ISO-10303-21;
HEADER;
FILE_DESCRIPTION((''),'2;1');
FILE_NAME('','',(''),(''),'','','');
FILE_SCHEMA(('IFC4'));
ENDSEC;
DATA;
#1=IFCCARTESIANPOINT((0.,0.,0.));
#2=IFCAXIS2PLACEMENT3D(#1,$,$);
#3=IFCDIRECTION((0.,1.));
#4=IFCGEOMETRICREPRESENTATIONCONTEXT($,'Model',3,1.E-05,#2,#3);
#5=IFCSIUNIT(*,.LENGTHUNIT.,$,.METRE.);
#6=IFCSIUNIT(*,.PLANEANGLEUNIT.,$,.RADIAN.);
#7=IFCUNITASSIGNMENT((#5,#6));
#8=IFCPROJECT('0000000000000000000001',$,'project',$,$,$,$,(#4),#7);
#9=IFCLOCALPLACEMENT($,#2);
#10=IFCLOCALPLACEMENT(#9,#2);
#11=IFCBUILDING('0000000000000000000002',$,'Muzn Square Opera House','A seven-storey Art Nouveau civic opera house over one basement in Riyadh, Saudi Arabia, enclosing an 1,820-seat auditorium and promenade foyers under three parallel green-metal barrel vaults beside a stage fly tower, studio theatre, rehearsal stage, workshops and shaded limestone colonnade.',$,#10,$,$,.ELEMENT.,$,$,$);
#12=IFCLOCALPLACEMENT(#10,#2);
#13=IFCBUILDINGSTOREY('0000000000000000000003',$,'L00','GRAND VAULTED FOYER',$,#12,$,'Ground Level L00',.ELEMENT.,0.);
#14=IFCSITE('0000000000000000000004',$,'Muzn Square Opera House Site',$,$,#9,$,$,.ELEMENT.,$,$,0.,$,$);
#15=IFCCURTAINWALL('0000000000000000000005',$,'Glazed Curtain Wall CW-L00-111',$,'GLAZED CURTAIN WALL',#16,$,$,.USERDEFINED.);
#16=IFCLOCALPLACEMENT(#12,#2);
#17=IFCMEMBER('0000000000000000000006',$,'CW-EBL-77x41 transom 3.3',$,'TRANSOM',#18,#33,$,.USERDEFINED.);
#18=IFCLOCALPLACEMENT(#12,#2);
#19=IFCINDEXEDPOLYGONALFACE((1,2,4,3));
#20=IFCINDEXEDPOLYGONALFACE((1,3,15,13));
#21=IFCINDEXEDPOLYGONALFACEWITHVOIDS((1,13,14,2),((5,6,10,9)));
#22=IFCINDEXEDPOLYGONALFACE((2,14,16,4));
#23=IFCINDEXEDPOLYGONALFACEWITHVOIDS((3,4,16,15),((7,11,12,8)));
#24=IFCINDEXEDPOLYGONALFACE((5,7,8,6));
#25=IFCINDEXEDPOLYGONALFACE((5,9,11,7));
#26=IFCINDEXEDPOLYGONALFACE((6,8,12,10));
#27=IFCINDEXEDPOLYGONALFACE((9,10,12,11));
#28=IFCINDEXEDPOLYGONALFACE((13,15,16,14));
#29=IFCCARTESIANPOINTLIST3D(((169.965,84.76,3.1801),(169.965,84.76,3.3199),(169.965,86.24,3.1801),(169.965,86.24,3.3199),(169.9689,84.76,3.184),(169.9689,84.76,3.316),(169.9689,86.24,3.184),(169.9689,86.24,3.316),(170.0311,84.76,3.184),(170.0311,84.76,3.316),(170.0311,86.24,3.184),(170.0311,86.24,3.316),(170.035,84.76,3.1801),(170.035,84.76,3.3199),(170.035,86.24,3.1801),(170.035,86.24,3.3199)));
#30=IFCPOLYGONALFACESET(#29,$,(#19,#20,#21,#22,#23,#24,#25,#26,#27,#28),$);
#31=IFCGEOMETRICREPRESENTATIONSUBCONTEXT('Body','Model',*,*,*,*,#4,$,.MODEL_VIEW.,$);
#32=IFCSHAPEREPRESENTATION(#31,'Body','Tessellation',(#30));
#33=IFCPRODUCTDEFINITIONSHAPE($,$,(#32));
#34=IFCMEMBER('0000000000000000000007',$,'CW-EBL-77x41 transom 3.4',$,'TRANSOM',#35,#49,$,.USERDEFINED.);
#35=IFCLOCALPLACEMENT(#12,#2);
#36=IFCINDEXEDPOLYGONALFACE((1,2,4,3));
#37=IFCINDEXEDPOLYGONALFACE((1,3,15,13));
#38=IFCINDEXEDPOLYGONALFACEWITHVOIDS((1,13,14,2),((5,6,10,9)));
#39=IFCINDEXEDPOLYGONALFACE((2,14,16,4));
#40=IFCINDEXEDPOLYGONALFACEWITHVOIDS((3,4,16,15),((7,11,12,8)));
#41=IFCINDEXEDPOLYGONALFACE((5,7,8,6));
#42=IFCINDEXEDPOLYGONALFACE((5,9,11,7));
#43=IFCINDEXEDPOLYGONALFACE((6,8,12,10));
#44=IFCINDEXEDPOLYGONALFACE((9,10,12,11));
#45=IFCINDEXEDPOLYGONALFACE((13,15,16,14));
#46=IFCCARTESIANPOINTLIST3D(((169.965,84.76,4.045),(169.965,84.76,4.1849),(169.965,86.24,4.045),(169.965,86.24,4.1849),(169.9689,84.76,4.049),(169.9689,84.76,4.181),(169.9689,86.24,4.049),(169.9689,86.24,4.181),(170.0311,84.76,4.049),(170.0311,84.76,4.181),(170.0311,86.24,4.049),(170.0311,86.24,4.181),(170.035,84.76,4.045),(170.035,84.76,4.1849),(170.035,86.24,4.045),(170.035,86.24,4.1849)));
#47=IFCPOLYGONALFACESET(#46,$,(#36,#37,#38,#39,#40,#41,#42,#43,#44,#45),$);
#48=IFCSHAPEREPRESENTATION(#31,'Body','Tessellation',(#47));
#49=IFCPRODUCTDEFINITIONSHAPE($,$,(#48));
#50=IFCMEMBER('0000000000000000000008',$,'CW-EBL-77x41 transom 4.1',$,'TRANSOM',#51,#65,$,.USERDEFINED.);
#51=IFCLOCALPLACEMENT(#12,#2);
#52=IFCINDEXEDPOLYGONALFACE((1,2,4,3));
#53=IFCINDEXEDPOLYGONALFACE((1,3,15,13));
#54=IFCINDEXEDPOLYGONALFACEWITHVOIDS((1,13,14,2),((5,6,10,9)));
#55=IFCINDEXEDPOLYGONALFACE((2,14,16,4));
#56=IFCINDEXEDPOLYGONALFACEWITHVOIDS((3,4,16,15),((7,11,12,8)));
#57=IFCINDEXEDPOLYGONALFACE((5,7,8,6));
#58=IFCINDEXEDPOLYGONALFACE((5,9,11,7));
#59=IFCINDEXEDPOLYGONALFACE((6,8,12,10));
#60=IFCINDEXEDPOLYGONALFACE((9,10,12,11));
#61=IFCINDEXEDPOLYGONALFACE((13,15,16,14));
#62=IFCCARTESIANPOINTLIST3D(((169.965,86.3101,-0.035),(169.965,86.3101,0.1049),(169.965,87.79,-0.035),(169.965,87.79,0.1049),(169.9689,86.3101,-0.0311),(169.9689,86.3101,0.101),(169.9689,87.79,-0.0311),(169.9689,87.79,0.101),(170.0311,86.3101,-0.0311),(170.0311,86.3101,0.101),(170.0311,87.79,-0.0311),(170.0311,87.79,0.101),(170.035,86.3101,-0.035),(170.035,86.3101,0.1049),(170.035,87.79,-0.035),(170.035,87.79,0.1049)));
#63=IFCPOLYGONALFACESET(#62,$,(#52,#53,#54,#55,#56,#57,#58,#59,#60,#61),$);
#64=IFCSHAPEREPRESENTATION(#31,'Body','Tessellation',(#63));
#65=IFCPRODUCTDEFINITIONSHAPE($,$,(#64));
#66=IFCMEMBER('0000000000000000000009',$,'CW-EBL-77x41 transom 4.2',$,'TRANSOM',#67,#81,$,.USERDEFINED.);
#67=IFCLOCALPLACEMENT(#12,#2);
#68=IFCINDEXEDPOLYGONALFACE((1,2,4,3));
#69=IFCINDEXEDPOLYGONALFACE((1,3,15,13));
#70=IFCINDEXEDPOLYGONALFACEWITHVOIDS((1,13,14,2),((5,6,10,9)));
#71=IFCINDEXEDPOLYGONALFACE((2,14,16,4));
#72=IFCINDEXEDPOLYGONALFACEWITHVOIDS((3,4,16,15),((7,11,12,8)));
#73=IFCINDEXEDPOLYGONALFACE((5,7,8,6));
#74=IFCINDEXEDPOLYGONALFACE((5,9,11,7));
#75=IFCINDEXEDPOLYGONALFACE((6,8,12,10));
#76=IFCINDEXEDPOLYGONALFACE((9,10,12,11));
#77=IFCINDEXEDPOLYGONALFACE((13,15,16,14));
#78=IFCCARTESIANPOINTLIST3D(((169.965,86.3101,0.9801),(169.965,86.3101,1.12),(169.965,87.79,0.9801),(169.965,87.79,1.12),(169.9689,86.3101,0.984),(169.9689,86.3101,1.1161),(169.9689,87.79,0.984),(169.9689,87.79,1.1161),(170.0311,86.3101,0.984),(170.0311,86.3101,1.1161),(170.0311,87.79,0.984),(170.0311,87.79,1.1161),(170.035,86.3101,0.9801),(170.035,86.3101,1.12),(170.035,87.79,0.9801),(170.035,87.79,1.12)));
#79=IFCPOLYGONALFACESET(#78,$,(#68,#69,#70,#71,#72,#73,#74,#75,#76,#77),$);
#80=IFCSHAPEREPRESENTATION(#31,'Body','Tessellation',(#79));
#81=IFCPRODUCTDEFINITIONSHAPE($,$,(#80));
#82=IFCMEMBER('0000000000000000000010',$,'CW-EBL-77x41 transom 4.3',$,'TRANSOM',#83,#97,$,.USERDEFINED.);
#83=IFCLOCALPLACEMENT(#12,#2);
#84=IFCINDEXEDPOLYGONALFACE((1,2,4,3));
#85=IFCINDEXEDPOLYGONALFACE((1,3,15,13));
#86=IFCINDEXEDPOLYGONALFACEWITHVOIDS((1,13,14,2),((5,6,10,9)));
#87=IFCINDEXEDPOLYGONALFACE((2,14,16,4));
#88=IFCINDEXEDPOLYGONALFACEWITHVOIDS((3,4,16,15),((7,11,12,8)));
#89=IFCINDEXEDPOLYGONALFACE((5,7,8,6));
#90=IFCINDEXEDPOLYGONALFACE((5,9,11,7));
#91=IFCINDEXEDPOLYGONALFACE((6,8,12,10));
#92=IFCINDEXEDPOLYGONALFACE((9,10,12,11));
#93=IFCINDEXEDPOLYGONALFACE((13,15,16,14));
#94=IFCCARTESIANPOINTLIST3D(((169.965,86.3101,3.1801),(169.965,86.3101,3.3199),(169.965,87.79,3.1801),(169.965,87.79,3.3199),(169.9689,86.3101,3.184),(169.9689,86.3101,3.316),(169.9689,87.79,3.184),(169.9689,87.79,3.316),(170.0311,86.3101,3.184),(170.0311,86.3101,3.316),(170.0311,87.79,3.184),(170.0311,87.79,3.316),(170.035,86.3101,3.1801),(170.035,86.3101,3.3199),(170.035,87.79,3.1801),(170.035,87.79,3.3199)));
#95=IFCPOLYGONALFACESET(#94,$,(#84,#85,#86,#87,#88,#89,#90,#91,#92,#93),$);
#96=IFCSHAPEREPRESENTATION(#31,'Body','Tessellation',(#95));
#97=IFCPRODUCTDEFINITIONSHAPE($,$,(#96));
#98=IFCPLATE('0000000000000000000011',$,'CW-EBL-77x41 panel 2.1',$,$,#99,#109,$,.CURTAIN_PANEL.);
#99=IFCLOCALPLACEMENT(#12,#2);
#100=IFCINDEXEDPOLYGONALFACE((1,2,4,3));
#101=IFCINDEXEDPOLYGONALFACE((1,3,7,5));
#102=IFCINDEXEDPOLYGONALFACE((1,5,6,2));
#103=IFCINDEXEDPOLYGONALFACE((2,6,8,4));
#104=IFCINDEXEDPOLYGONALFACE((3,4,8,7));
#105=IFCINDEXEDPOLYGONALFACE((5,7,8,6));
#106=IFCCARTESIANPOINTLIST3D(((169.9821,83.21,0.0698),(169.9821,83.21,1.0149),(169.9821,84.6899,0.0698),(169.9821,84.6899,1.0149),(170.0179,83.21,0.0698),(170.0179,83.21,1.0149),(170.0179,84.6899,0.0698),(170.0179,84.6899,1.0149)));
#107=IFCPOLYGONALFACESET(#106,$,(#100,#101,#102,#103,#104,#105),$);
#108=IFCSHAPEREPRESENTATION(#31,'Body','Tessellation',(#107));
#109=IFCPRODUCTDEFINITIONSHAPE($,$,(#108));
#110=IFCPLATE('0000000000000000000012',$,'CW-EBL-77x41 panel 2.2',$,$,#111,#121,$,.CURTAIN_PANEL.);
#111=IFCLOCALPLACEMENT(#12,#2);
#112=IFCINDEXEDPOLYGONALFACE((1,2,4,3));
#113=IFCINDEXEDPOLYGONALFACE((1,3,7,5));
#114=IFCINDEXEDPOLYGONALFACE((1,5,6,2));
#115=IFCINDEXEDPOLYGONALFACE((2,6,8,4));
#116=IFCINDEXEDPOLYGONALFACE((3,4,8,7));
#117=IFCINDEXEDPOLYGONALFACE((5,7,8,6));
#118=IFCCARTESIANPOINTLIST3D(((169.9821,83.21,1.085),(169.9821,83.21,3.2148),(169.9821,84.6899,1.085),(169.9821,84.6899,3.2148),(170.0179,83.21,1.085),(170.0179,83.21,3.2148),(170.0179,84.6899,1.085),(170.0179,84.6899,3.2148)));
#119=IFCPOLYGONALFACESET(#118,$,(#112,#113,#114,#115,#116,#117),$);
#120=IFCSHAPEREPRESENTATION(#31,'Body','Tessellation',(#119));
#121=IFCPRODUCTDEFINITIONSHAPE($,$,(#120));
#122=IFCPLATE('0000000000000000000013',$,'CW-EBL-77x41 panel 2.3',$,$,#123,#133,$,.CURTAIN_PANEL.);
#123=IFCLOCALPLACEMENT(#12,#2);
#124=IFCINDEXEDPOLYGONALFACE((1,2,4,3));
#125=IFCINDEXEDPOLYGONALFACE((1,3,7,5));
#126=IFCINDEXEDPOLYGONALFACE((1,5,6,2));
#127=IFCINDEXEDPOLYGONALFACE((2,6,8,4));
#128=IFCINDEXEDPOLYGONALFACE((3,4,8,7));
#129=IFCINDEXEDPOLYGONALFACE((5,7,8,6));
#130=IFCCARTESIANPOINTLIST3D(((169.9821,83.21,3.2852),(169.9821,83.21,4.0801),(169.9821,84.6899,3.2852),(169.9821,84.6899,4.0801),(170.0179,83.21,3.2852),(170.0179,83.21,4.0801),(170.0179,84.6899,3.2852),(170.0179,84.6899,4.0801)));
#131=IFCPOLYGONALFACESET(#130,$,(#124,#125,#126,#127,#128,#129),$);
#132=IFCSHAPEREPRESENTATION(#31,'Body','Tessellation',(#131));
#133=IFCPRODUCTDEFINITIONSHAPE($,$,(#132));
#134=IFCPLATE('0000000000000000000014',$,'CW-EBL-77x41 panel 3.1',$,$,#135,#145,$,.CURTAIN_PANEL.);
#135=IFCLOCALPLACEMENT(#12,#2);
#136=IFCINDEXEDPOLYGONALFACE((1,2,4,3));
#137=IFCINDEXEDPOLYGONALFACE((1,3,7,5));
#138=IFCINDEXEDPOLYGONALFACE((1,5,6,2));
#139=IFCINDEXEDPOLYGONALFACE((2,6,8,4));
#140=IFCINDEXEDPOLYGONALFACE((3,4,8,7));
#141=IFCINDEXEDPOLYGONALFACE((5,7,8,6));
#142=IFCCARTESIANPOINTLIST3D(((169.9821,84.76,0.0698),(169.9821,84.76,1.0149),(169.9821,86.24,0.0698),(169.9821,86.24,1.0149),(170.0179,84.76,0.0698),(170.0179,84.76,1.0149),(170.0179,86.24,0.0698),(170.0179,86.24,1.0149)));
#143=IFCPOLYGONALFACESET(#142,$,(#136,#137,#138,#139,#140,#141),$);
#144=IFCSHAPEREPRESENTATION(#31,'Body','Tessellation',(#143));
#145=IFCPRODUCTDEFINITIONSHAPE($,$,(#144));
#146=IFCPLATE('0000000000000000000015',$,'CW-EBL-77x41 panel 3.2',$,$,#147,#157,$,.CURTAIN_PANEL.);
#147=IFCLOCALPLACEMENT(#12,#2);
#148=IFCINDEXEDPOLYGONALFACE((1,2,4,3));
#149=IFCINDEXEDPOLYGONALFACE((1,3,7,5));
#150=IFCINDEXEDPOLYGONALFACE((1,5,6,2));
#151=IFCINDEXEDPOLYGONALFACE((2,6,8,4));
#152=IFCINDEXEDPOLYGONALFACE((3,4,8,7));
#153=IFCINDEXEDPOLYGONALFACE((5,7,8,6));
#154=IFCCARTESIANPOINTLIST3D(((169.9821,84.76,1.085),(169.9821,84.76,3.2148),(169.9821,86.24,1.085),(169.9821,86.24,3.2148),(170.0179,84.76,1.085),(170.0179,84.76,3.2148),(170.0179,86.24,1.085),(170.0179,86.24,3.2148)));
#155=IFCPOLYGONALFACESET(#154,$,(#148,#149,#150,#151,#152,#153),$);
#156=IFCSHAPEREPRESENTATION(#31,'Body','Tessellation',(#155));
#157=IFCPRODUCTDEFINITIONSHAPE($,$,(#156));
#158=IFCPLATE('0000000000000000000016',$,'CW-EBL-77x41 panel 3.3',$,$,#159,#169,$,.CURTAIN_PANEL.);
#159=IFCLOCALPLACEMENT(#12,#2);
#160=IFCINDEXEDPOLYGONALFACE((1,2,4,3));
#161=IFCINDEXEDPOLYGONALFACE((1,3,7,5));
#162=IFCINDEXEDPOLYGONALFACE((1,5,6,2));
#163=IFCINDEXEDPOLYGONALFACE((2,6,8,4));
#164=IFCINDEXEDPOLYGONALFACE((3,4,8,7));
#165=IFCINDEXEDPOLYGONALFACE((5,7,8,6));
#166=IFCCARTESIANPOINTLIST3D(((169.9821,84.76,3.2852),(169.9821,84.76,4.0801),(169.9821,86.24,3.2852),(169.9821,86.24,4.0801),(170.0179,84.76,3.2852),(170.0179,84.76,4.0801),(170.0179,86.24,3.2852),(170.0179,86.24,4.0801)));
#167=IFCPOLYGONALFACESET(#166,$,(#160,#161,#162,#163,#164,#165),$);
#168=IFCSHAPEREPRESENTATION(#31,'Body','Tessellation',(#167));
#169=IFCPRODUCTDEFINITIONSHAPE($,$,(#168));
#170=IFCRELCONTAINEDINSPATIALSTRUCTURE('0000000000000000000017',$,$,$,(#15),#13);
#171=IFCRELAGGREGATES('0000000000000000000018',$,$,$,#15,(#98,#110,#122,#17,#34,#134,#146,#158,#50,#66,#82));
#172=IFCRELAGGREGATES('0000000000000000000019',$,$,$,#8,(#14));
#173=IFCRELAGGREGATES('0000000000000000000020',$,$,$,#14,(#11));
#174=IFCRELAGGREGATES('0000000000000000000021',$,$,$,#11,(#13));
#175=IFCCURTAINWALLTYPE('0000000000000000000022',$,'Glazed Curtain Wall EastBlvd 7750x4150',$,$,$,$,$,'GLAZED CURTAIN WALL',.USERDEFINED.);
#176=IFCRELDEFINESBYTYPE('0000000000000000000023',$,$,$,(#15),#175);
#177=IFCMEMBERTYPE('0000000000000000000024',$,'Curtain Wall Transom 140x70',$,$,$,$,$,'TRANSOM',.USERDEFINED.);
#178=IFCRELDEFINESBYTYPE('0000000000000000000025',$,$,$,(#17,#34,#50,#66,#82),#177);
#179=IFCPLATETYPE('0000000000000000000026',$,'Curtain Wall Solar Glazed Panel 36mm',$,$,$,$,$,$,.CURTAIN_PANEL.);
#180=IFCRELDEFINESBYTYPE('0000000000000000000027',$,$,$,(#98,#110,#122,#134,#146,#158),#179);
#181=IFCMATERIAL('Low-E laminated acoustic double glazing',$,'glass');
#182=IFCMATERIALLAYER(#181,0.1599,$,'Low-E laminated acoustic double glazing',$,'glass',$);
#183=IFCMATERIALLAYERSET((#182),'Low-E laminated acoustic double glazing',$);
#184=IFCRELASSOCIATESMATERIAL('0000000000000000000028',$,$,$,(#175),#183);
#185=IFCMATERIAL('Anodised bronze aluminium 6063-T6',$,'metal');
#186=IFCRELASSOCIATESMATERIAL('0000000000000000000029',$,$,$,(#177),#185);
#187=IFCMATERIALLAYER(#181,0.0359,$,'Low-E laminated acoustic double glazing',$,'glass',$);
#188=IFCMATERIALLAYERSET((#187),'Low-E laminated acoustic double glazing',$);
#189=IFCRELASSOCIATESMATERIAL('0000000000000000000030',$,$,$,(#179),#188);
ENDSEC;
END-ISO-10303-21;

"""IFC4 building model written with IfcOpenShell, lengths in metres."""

from ifc_helpers import new_model, si_unit, direction, frame, origin, origin_2d, place, context, subcontext, project, spatial, rectangle, hollow_rectangle, extrude, material, layer, layer_set, material_profile, profile_set, type_object, element, aggregate, save


model = new_model("IFC4")

# Units and contexts
model_context = context("Model", 3, precision=1e-05, world=origin(), true_north=direction((0.0, 1.0)))
body_context = subcontext(model_context, "Body", "Model", "MODEL_VIEW")
ifc_project = project(units=[si_unit("LENGTHUNIT", "METRE"), si_unit("PLANEANGLEUNIT", "RADIAN")], contexts=[model_context])

# Site, building, storey
site_placement = place(None, origin())
site = spatial("IfcSite", under=ifc_project, at=site_placement, Name="Muzn Square Opera House Site", CompositionType="ELEMENT", RefElevation=0.0)
building_placement = place(site_placement, origin())
building = spatial("IfcBuilding", under=site, at=building_placement, Name="Muzn Square Opera House", Description="A seven-storey Art Nouveau civic opera house over one basement in Riyadh, Saudi Arabia, enclosing an 1,820-seat auditorium and promenade foyers under three parallel green-metal barrel vaults beside a stage fly tower, studio theatre, rehearsal stage, workshops and shaded limestone colonnade.", CompositionType="ELEMENT")
storey_placement = place(building_placement, origin())
storey = spatial("IfcBuildingStorey", under=building, at=storey_placement, Name="L00", Description="GRAND VAULTED FOYER", LongName="Ground Level L00", CompositionType="ELEMENT", Elevation=0.0)

# Curtain wall, members, plates
ifc_material_1 = material(Name="Low-E laminated acoustic double glazing", Category="glass")
ifc_layer_1 = layer(ifc_material_1, 0.1599, Name="Low-E laminated acoustic double glazing", Category="glass")
ifc_layer_set_1 = layer_set([ifc_layer_1], Name="Low-E laminated acoustic double glazing")
curtain_wall_type = type_object("IfcCurtainWallType", Name="Glazed Curtain Wall EastBlvd 7750x4150", ElementType="GLAZED CURTAIN WALL", PredefinedType="USERDEFINED", material=ifc_layer_set_1)
curtain_wall_placement = place(storey_placement, origin())
curtain_wall = element("IfcCurtainWall", 1, at=curtain_wall_placement, inside=storey, type_object=curtain_wall_type, Name="Glazed Curtain Wall CW-L00-111", ObjectType="GLAZED CURTAIN WALL", PredefinedType="USERDEFINED")
ifc_material_2 = material(Name="Anodised bronze aluminium 6063-T6", Category="metal")
ifc_material_profile_1 = material_profile(ifc_material_2, hollow_rectangle(XDim=0.0701, YDim=0.1399, WallThickness=0.0039, at=origin_2d()), Name="ALU 140x70x4", Category="metal")
ifc_profile_set_1 = profile_set([ifc_material_profile_1], Name="Anodised bronze aluminium 6063-T6")
member_type_1 = type_object("IfcMemberType", Name="Curtain Wall Transom 140x70", ElementType="TRANSOM", PredefinedType="USERDEFINED", material=ifc_profile_set_1)
member_1_placement = place(storey_placement, frame((170.0, 84.76, 3.25), z_axis=(0.0, 1.0, 0.0), x_axis=(-1.0, 0.0, 0.0)))
member_1 = element("IfcMember", 2, at=member_1_placement, type_object=member_type_1, Name="CW-EBL-77x41 transom 3.3", ObjectType="TRANSOM", PredefinedType="USERDEFINED", context=body_context, shape_type="SweptSolid", body=[
    extrude(hollow_rectangle(XDim=0.0701, YDim=0.1399, WallThickness=0.0039, at=origin_2d()), origin(), (0.0, 0.0, 1.0), 1.48),
])
member_2_placement = place(storey_placement, frame((170.0, 84.76, 4.115), z_axis=(0.0, 1.0, 0.0), x_axis=(-1.0, 0.0, 0.0)))
member_2 = element("IfcMember", 3, at=member_2_placement, type_object=member_type_1, Name="CW-EBL-77x41 transom 3.4", ObjectType="TRANSOM", PredefinedType="USERDEFINED", context=body_context, shape_type="SweptSolid", body=[
    extrude(hollow_rectangle(XDim=0.0701, YDim=0.1399, WallThickness=0.0039, at=origin_2d()), origin(), (0.0, 0.0, 1.0), 1.48),
])
member_3_placement = place(storey_placement, frame((170.0, 86.3101, 0.0349), z_axis=(0.0, 1.0, 0.0), x_axis=(-1.0, 0.0, 0.0)))
member_3 = element("IfcMember", 4, at=member_3_placement, type_object=member_type_1, Name="CW-EBL-77x41 transom 4.1", ObjectType="TRANSOM", PredefinedType="USERDEFINED", context=body_context, shape_type="SweptSolid", body=[
    extrude(hollow_rectangle(XDim=0.0701, YDim=0.1399, WallThickness=0.0039, at=origin_2d()), origin(), (0.0, 0.0, 1.0), 1.48),
])
member_4_placement = place(storey_placement, frame((170.0, 86.3101, 1.05), z_axis=(0.0, 1.0, 0.0), x_axis=(-1.0, 0.0, 0.0)))
member_4 = element("IfcMember", 5, at=member_4_placement, type_object=member_type_1, Name="CW-EBL-77x41 transom 4.2", ObjectType="TRANSOM", PredefinedType="USERDEFINED", context=body_context, shape_type="SweptSolid", body=[
    extrude(hollow_rectangle(XDim=0.0701, YDim=0.1399, WallThickness=0.0039, at=origin_2d()), origin(), (0.0, 0.0, 1.0), 1.48),
])
member_5_placement = place(storey_placement, frame((170.0, 86.3101, 3.25), z_axis=(0.0, 1.0, 0.0), x_axis=(-1.0, 0.0, 0.0)))
member_5 = element("IfcMember", 6, at=member_5_placement, type_object=member_type_1, Name="CW-EBL-77x41 transom 4.3", ObjectType="TRANSOM", PredefinedType="USERDEFINED", context=body_context, shape_type="SweptSolid", body=[
    extrude(hollow_rectangle(XDim=0.0701, YDim=0.1399, WallThickness=0.0039, at=origin_2d()), origin(), (0.0, 0.0, 1.0), 1.48),
])
ifc_layer_2 = layer(ifc_material_1, 0.0359, Name="Low-E laminated acoustic double glazing", Category="glass")
ifc_layer_set_2 = layer_set([ifc_layer_2], Name="Low-E laminated acoustic double glazing")
plate_type = type_object("IfcPlateType", Name="Curtain Wall Solar Glazed Panel 36mm", PredefinedType="CURTAIN_PANEL", material=ifc_layer_set_2)
plate_1_placement = place(storey_placement, frame((170.0, 83.95, 0.0698), z_axis=(0.0, 0.0, 1.0), x_axis=(0.0, 1.0, 0.0)))
plate_1 = element("IfcPlate", 7, at=plate_1_placement, type_object=plate_type, Name="CW-EBL-77x41 panel 2.1", PredefinedType="CURTAIN_PANEL", context=body_context, shape_type="SweptSolid", body=[
    extrude(rectangle(XDim=1.48, YDim=0.0359, at=origin_2d()), origin(), (0.0, 0.0, 1.0), 0.9451),
])
plate_2_placement = place(storey_placement, frame((170.0, 83.95, 1.085), z_axis=(0.0, 0.0, 1.0), x_axis=(0.0, 1.0, 0.0)))
plate_2 = element("IfcPlate", 8, at=plate_2_placement, type_object=plate_type, Name="CW-EBL-77x41 panel 2.2", PredefinedType="CURTAIN_PANEL", context=body_context, shape_type="SweptSolid", body=[
    extrude(rectangle(XDim=1.48, YDim=0.0359, at=origin_2d()), origin(), (0.0, 0.0, 1.0), 2.1299),
])
plate_3_placement = place(storey_placement, frame((170.0, 83.95, 3.2852), z_axis=(0.0, 0.0, 1.0), x_axis=(0.0, 1.0, 0.0)))
plate_3 = element("IfcPlate", 9, at=plate_3_placement, type_object=plate_type, Name="CW-EBL-77x41 panel 2.3", PredefinedType="CURTAIN_PANEL", context=body_context, shape_type="SweptSolid", body=[
    extrude(rectangle(XDim=1.48, YDim=0.0359, at=origin_2d()), origin(), (0.0, 0.0, 1.0), 0.7949),
])
plate_4_placement = place(storey_placement, frame((170.0, 85.5, 0.0698), z_axis=(0.0, 0.0, 1.0), x_axis=(0.0, 1.0, 0.0)))
plate_4 = element("IfcPlate", 10, at=plate_4_placement, type_object=plate_type, Name="CW-EBL-77x41 panel 3.1", PredefinedType="CURTAIN_PANEL", context=body_context, shape_type="SweptSolid", body=[
    extrude(rectangle(XDim=1.48, YDim=0.0359, at=origin_2d()), origin(), (0.0, 0.0, 1.0), 0.9451),
])
plate_5_placement = place(storey_placement, frame((170.0, 85.5, 1.085), z_axis=(0.0, 0.0, 1.0), x_axis=(0.0, 1.0, 0.0)))
plate_5 = element("IfcPlate", 11, at=plate_5_placement, type_object=plate_type, Name="CW-EBL-77x41 panel 3.2", PredefinedType="CURTAIN_PANEL", context=body_context, shape_type="SweptSolid", body=[
    extrude(rectangle(XDim=1.48, YDim=0.0359, at=origin_2d()), origin(), (0.0, 0.0, 1.0), 2.1299),
])
plate_6_placement = place(storey_placement, frame((170.0, 85.5, 3.2852), z_axis=(0.0, 0.0, 1.0), x_axis=(0.0, 1.0, 0.0)))
plate_6 = element("IfcPlate", 12, at=plate_6_placement, type_object=plate_type, Name="CW-EBL-77x41 panel 3.3", PredefinedType="CURTAIN_PANEL", context=body_context, shape_type="SweptSolid", body=[
    extrude(rectangle(XDim=1.48, YDim=0.0359, at=origin_2d()), origin(), (0.0, 0.0, 1.0), 0.7949),
])
aggregate(curtain_wall, [plate_1, plate_2, plate_3, member_1, member_2, plate_4, plate_5, plate_6, member_3, member_4, member_5])

save(model, "model.ifc")
